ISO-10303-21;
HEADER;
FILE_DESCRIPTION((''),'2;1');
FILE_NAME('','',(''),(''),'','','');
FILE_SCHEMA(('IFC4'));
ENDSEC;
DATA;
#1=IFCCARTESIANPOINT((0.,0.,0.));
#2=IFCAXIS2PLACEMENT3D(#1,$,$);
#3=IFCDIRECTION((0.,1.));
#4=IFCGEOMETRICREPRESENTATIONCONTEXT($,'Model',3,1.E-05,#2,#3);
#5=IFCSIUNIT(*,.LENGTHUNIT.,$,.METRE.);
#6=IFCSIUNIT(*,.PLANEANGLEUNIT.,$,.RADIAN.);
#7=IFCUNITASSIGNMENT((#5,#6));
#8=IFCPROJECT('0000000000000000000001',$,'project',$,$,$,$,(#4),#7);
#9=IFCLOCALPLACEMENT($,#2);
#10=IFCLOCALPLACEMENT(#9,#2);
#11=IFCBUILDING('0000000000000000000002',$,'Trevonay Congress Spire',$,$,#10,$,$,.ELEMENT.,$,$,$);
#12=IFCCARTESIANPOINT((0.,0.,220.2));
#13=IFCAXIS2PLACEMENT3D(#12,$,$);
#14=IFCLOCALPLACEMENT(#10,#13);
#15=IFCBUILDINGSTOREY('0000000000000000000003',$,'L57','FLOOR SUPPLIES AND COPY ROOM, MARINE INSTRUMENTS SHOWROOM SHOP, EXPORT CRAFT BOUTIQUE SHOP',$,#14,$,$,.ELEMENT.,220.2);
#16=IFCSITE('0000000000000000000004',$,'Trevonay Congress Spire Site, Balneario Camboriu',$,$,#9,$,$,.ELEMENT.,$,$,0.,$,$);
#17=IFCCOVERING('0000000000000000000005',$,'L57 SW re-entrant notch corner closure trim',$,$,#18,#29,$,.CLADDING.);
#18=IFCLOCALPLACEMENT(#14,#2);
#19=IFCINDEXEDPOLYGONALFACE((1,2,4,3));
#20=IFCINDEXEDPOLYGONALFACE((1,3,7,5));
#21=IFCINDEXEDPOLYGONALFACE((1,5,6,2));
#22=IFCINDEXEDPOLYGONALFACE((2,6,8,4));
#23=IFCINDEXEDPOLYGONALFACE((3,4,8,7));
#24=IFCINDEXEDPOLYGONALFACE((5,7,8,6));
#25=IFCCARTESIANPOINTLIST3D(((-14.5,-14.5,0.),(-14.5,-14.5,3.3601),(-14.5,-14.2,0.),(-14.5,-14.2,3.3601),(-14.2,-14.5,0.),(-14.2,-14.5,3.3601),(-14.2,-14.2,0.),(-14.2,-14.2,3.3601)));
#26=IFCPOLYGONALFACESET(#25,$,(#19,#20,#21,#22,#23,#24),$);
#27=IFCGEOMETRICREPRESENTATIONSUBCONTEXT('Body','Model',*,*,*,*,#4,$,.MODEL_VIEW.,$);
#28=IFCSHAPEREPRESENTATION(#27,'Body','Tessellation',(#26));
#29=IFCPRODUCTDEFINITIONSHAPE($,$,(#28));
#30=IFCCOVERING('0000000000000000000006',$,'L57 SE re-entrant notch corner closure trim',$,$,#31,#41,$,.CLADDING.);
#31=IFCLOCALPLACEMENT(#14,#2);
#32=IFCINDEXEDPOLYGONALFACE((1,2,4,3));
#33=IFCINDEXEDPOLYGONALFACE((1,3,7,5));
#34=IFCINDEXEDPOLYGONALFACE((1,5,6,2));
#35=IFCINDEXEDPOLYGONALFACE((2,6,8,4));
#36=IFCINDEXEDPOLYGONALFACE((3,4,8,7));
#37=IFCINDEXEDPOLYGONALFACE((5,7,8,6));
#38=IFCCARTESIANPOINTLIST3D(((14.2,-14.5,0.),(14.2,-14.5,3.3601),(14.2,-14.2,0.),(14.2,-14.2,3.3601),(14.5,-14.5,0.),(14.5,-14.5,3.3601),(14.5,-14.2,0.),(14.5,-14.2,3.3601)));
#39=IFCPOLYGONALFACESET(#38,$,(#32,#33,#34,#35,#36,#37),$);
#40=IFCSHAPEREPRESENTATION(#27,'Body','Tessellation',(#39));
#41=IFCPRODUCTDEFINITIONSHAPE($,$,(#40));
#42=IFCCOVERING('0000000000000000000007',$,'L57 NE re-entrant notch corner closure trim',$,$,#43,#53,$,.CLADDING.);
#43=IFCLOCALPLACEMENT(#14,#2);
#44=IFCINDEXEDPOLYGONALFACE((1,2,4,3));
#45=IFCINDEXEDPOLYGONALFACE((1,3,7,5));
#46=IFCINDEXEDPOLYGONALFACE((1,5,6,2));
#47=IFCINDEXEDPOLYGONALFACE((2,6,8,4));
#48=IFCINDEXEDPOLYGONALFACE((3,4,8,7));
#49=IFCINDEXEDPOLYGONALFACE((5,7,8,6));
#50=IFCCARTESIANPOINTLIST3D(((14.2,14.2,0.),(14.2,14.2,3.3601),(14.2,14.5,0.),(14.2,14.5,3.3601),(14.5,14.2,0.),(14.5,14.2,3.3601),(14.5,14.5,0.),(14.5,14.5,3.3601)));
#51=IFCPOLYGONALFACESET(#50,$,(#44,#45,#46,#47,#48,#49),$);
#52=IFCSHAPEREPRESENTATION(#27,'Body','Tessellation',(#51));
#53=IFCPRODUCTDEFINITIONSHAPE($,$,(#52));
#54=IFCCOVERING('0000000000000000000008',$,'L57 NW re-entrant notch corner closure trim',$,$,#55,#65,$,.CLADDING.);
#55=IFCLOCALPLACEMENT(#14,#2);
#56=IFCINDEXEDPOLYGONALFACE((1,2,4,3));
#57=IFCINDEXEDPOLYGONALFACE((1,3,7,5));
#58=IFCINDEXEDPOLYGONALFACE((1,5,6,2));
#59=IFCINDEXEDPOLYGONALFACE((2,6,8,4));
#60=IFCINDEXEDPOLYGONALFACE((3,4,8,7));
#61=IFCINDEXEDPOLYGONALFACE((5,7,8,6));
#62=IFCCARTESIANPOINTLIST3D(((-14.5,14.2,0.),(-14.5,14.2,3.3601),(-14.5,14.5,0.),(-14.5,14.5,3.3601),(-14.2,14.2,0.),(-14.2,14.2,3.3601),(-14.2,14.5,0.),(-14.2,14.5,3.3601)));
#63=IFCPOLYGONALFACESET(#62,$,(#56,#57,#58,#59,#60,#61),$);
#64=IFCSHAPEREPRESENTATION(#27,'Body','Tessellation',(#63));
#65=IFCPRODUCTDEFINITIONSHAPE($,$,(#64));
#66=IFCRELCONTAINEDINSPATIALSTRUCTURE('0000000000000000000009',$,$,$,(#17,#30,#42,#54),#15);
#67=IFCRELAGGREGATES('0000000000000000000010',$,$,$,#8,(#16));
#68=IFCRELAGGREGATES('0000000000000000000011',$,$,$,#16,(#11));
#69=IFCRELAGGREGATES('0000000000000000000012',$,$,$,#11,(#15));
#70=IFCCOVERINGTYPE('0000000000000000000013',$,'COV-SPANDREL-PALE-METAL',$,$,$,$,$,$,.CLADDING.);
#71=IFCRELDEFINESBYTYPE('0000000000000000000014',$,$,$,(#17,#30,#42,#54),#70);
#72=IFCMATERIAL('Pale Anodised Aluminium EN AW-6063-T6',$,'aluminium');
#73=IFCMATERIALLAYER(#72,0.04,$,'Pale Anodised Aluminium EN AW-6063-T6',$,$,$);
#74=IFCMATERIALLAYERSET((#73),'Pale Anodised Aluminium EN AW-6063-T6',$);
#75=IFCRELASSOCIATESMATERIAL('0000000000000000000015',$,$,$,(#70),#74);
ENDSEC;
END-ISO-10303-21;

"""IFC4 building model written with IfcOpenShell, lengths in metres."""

from ifc_helpers import new_model, si_unit, direction, frame, origin, place, context, subcontext, project, spatial, polyline, outline, extrude, material, layer, layer_set, type_object, element, save


model = new_model("IFC4")

# Units and contexts
model_context = context("Model", 3, precision=1e-05, world=origin(), true_north=direction((0.0, 1.0)))
body_context = subcontext(model_context, "Body", "Model", "MODEL_VIEW")
ifc_project = project(units=[si_unit("LENGTHUNIT", "METRE"), si_unit("PLANEANGLEUNIT", "RADIAN")], contexts=[model_context])

# Site, building, storey
site_placement = place(None, origin())
site = spatial("IfcSite", under=ifc_project, at=site_placement, Name="Trevonay Congress Spire Site, Balneario Camboriu", CompositionType="ELEMENT", RefElevation=0.0)
building_placement = place(site_placement, origin())
building = spatial("IfcBuilding", under=site, at=building_placement, Name="Trevonay Congress Spire", CompositionType="ELEMENT")
storey_placement = place(building_placement, frame((0.0, 0.0, 220.2)))
storey = spatial("IfcBuildingStorey", under=building, at=storey_placement, Name="L57", Description="FLOOR SUPPLIES AND COPY ROOM, MARINE INSTRUMENTS SHOWROOM SHOP, EXPORT CRAFT BOUTIQUE SHOP", CompositionType="ELEMENT", Elevation=220.2)

# Coverings
ifc_material_1 = material(Name="Pale Anodised Aluminium EN AW-6063-T6", Category="aluminium")
ifc_layer_1 = layer(ifc_material_1, 0.04, Name="Pale Anodised Aluminium EN AW-6063-T6")
ifc_layer_set_1 = layer_set([ifc_layer_1], Name="Pale Anodised Aluminium EN AW-6063-T6")
covering_type_1 = type_object("IfcCoveringType", Name="COV-SPANDREL-PALE-METAL", PredefinedType="CLADDING", material=ifc_layer_set_1)
covering_1_placement = place(storey_placement, origin())
element("IfcCovering", 1, at=covering_1_placement, inside=storey, type_object=covering_type_1, Name="L57 SW re-entrant notch corner closure trim", PredefinedType="CLADDING", context=body_context, shape_type="SweptSolid", body=[
    extrude(outline(polyline([(-14.5, -14.5), (-14.2, -14.5), (-14.2, -14.2), (-14.5, -14.2), (-14.5, -14.5)])), origin(), (0.0, 0.0, 1.0), 3.3601),
])
covering_2_placement = place(storey_placement, origin())
element("IfcCovering", 2, at=covering_2_placement, inside=storey, type_object=covering_type_1, Name="L57 SE re-entrant notch corner closure trim", PredefinedType="CLADDING", context=body_context, shape_type="SweptSolid", body=[
    extrude(outline(polyline([(14.2, -14.5), (14.5, -14.5), (14.5, -14.2), (14.2, -14.2), (14.2, -14.5)])), origin(), (0.0, 0.0, 1.0), 3.3601),
])
covering_3_placement = place(storey_placement, origin())
element("IfcCovering", 3, at=covering_3_placement, inside=storey, type_object=covering_type_1, Name="L57 NE re-entrant notch corner closure trim", PredefinedType="CLADDING", context=body_context, shape_type="SweptSolid", body=[
    extrude(outline(polyline([(14.2, 14.2), (14.5, 14.2), (14.5, 14.5), (14.2, 14.5), (14.2, 14.2)])), origin(), (0.0, 0.0, 1.0), 3.3601),
])
covering_4_placement = place(storey_placement, origin())
element("IfcCovering", 4, at=covering_4_placement, inside=storey, type_object=covering_type_1, Name="L57 NW re-entrant notch corner closure trim", PredefinedType="CLADDING", context=body_context, shape_type="SweptSolid", body=[
    extrude(outline(polyline([(-14.5, 14.2), (-14.2, 14.2), (-14.2, 14.5), (-14.5, 14.5), (-14.5, 14.2)])), origin(), (0.0, 0.0, 1.0), 3.3601),
])

save(model, "model.ifc")
